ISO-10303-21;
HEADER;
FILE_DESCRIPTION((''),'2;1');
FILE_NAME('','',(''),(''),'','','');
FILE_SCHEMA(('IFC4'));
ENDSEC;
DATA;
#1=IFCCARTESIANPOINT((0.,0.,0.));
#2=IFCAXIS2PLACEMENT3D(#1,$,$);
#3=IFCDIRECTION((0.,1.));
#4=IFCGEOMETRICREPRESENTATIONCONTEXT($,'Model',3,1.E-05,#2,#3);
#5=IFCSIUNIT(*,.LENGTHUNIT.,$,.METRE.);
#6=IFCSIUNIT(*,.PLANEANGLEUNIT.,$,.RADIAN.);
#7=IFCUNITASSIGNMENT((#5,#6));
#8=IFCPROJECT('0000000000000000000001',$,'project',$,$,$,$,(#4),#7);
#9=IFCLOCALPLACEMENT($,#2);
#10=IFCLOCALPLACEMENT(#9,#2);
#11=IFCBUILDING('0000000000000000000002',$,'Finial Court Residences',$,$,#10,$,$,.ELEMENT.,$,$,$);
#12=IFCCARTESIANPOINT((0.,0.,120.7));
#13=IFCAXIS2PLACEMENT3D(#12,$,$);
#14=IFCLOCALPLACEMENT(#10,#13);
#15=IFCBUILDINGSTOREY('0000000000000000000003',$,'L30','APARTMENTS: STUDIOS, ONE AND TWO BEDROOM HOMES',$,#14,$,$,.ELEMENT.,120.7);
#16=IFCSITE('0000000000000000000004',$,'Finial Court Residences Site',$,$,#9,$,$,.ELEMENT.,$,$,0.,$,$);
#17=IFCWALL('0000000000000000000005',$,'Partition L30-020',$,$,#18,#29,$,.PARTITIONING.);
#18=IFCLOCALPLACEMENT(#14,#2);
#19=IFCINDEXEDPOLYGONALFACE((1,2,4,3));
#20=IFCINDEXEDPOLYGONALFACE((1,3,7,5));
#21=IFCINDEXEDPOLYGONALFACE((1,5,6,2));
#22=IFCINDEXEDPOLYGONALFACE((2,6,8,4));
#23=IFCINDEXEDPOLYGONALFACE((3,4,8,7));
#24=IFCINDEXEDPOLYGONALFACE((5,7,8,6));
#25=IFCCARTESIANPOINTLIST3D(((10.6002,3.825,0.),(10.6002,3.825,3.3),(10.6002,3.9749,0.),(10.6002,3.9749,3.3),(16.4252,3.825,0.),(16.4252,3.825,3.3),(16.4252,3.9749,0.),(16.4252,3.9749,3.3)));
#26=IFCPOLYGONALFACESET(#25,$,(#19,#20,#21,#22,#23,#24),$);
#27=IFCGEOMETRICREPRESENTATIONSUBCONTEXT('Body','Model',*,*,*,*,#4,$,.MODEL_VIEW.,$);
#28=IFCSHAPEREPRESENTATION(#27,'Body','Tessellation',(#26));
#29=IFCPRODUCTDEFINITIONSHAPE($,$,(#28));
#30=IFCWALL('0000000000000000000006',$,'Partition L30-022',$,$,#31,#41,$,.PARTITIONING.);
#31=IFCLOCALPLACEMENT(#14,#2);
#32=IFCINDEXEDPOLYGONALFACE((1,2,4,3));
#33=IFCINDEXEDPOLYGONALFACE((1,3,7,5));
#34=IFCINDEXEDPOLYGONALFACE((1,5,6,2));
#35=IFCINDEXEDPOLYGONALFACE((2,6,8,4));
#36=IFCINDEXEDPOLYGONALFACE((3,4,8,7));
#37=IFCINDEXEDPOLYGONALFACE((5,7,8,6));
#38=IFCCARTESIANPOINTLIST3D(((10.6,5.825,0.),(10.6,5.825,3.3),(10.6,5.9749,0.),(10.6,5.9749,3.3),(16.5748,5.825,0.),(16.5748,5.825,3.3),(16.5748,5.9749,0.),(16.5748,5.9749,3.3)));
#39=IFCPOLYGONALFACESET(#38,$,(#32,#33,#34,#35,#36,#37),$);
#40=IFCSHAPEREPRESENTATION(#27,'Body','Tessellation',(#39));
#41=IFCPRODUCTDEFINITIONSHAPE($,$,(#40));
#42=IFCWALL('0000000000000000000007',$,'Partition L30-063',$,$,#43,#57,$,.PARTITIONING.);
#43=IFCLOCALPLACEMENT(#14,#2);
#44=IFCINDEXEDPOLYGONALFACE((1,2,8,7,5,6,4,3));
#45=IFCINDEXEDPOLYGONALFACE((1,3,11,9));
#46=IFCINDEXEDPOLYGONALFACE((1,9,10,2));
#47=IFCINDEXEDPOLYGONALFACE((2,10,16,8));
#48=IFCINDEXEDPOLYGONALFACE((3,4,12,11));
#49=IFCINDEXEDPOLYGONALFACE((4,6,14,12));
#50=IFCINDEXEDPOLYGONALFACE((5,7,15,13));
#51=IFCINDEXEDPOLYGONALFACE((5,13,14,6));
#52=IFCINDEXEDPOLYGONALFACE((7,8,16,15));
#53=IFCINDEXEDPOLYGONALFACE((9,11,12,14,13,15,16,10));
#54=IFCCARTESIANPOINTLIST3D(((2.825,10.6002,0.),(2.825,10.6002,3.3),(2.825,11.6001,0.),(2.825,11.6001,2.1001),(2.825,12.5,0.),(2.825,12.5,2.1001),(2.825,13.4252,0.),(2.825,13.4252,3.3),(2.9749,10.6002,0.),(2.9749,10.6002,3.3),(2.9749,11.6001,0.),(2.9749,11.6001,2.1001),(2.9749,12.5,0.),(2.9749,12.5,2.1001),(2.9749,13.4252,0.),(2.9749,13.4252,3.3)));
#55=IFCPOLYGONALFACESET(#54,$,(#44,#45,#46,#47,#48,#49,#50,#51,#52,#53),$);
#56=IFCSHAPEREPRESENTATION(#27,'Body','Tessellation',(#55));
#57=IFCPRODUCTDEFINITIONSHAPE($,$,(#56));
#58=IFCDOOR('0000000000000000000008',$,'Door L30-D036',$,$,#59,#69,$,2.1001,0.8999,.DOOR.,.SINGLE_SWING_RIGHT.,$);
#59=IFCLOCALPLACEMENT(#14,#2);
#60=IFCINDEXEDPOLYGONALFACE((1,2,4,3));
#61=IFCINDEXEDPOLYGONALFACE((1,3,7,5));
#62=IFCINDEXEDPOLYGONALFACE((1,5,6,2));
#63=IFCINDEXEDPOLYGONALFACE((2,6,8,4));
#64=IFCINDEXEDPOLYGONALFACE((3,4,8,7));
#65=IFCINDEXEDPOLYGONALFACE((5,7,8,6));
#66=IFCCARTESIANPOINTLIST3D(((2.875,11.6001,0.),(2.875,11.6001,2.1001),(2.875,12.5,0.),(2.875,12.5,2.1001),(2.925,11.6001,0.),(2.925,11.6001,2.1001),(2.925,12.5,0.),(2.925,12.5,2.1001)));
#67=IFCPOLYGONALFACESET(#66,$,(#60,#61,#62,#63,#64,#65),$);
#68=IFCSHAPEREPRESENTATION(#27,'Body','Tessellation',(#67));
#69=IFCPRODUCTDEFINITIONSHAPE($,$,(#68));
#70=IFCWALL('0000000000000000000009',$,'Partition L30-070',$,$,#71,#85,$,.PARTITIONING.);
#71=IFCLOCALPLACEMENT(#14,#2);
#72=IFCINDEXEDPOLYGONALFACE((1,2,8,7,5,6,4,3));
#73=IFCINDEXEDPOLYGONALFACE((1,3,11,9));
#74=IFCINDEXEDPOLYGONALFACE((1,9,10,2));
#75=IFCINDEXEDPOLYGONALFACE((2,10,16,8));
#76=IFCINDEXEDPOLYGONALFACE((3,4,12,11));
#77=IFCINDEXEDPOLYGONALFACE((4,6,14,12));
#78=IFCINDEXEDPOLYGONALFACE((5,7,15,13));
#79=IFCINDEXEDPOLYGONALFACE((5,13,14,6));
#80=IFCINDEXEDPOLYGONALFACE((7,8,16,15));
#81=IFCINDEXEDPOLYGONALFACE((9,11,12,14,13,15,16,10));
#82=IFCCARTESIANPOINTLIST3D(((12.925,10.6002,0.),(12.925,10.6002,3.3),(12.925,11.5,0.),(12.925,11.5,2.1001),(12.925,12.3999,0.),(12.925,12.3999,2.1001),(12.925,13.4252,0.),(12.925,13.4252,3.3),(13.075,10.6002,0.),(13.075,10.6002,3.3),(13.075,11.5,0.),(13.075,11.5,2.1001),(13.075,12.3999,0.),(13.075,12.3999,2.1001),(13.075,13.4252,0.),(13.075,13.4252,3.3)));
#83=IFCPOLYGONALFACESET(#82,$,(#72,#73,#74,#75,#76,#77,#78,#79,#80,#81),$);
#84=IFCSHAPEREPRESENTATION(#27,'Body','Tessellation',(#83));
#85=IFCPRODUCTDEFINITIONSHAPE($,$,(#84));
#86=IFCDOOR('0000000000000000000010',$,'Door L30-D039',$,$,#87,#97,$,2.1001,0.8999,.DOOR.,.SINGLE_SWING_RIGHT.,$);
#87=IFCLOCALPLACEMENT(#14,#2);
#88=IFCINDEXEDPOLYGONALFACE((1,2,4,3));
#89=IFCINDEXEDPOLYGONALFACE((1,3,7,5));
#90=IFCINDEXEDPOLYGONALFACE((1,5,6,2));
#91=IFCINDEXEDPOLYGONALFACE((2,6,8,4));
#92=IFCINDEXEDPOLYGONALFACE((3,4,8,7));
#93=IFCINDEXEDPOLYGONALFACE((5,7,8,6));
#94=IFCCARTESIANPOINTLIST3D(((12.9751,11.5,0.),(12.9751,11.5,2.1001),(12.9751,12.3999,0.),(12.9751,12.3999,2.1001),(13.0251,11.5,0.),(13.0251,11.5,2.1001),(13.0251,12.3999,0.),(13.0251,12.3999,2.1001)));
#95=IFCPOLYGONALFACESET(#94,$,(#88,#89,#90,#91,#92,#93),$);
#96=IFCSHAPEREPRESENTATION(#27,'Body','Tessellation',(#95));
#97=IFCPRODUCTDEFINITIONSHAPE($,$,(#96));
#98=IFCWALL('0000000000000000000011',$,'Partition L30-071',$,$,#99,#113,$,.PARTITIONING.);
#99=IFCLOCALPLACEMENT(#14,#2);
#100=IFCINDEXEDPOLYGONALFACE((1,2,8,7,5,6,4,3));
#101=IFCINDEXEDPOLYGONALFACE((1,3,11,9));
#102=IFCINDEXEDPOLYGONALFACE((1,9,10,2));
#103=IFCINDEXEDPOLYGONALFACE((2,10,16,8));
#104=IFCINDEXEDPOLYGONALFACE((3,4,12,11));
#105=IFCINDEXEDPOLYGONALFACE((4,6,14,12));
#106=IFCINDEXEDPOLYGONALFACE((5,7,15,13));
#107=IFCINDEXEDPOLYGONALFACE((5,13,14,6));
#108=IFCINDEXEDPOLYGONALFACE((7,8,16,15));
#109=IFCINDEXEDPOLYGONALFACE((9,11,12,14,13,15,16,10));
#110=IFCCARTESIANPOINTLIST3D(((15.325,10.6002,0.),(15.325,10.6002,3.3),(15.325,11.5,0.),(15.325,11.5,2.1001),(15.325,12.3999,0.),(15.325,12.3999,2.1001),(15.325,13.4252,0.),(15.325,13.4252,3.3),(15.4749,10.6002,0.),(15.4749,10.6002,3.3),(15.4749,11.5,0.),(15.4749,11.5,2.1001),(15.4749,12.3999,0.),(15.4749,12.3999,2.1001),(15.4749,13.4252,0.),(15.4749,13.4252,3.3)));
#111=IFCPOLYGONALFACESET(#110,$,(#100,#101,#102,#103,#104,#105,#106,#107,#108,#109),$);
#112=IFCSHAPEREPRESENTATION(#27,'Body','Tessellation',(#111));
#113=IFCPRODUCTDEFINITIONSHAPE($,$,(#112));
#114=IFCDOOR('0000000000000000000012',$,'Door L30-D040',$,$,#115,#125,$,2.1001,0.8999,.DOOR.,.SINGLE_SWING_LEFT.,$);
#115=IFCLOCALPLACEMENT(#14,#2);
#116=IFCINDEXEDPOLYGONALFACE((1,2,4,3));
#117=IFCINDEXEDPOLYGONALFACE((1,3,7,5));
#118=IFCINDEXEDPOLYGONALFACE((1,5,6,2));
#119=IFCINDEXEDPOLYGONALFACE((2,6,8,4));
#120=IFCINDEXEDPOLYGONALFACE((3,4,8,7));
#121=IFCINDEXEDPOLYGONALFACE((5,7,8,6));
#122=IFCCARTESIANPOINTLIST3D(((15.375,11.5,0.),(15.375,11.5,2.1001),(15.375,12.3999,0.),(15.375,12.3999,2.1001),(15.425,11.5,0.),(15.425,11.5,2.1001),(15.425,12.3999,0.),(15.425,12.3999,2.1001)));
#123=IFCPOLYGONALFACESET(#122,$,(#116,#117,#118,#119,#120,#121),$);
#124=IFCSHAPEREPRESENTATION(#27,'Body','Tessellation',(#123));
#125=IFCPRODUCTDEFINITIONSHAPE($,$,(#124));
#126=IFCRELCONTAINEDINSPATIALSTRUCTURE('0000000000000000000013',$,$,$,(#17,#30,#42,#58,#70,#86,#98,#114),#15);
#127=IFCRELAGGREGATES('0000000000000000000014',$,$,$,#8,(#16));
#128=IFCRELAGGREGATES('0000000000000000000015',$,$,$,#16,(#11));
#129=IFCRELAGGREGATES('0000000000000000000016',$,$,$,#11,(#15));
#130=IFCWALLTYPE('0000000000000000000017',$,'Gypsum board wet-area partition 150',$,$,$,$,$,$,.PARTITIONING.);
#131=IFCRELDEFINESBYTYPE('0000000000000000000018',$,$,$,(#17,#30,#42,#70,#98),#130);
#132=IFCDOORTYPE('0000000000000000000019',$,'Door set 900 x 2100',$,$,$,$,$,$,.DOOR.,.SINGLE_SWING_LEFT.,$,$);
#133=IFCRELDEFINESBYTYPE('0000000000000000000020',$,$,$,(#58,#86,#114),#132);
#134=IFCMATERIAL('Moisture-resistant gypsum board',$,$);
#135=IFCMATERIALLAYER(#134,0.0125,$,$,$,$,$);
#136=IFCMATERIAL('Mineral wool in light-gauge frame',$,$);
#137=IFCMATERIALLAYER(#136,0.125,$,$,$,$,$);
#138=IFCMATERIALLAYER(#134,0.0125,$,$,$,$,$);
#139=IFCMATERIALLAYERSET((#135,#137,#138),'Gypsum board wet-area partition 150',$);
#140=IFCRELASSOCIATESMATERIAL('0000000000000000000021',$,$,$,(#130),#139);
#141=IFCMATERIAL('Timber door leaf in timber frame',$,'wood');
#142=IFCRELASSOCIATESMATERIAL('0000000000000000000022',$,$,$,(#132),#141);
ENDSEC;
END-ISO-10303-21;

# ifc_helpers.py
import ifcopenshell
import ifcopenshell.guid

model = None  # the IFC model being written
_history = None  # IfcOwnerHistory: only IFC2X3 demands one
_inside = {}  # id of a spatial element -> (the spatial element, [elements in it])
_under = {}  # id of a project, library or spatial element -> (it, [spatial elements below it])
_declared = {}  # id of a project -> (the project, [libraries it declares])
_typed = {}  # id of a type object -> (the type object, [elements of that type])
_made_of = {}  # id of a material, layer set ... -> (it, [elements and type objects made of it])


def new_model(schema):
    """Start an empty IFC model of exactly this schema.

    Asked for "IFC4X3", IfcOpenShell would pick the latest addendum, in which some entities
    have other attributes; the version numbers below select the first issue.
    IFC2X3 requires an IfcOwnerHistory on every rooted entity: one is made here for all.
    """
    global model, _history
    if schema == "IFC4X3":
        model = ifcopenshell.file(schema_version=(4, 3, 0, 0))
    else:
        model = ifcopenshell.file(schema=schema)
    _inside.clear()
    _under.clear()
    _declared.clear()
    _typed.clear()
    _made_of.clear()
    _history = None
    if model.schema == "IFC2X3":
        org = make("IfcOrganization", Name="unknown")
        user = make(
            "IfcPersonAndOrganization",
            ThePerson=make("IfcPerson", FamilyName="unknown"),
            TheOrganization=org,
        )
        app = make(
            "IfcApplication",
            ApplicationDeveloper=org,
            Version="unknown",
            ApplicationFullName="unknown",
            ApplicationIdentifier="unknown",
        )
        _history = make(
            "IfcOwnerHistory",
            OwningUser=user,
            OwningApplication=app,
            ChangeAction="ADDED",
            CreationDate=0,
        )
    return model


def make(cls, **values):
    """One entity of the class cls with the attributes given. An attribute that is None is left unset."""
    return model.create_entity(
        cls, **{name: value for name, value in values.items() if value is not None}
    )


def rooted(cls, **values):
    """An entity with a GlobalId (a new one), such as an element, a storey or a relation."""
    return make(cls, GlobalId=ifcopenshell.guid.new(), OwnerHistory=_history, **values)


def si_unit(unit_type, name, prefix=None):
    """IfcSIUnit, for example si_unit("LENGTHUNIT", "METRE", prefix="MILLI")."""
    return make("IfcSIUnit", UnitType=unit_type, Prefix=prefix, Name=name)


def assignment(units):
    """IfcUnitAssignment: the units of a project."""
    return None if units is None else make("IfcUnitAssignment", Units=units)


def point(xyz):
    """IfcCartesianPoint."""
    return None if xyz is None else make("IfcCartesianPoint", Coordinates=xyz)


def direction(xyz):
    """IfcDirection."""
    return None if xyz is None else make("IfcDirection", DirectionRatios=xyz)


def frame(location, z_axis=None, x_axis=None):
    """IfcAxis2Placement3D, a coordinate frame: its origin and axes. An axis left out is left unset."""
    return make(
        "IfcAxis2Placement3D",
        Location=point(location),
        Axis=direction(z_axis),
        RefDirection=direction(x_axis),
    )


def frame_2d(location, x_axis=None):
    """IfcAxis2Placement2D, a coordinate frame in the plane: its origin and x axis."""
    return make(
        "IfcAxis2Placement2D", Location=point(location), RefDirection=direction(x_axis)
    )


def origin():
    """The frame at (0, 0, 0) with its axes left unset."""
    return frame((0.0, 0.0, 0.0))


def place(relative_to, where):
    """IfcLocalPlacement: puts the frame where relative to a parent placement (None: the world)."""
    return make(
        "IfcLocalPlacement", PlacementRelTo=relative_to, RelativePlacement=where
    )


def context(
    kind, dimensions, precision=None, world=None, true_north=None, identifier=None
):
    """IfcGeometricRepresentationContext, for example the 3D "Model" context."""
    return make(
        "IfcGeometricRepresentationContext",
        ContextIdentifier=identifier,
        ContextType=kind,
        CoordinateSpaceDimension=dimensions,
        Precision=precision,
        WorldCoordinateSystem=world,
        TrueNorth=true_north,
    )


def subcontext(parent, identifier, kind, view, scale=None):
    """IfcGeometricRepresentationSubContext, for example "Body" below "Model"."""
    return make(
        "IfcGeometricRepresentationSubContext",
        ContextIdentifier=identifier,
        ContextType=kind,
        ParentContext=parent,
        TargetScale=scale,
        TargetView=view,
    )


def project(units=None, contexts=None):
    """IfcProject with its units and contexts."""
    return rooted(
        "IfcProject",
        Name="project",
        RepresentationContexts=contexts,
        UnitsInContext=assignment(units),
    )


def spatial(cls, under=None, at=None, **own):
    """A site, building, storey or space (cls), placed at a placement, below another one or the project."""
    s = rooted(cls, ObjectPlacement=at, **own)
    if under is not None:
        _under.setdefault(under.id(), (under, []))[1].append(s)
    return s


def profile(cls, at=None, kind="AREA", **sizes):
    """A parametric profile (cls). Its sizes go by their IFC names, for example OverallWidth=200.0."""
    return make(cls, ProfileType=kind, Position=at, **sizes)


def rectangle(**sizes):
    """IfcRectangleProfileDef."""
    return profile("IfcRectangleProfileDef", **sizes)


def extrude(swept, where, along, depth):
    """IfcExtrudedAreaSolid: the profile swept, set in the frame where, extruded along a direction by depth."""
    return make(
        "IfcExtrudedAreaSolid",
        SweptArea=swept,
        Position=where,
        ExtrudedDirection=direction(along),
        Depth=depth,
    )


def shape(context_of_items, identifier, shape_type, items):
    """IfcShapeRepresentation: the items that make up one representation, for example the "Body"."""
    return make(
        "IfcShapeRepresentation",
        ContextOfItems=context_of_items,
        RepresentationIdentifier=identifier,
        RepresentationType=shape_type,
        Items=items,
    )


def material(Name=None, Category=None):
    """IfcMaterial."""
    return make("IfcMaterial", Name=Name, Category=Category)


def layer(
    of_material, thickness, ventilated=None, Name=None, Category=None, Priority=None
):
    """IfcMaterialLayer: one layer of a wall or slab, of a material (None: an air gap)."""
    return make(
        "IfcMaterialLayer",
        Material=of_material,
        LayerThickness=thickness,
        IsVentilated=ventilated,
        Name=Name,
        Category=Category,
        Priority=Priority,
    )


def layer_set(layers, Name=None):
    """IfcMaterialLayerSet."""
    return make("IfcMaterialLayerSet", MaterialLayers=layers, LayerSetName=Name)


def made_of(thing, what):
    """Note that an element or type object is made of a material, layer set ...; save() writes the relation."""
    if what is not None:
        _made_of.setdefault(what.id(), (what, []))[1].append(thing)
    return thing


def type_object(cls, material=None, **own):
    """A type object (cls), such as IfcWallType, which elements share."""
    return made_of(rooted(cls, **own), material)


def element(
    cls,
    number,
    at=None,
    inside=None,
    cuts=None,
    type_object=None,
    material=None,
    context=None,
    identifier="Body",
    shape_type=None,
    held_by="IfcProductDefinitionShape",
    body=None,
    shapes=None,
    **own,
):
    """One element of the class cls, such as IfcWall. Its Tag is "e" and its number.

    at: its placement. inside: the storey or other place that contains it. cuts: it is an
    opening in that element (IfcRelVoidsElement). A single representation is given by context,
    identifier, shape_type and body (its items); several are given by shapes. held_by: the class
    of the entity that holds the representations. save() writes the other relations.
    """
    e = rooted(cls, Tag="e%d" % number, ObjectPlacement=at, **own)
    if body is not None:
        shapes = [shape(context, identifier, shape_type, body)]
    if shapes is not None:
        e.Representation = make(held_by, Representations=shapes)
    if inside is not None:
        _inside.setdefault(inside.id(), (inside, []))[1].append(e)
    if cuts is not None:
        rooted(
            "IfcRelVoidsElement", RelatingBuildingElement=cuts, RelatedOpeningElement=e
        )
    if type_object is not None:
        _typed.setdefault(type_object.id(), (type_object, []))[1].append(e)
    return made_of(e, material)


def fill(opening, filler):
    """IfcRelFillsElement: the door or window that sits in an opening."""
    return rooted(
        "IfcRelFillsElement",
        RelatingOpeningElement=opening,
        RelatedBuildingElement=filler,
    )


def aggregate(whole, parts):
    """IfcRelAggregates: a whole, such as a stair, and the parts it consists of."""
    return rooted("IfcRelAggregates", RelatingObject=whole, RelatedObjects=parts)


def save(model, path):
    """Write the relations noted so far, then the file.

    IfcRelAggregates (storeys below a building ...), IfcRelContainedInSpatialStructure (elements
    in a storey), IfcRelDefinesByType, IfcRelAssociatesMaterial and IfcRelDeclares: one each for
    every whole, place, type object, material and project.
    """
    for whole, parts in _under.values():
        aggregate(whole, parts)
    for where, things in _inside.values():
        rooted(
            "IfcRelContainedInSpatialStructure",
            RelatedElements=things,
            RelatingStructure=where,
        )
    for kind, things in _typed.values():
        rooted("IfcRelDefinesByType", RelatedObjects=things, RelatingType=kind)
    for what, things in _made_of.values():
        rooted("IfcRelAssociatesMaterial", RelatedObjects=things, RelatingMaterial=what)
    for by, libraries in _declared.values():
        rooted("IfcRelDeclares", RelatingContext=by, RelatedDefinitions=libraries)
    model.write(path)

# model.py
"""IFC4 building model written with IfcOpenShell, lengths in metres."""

from ifc_helpers import new_model, si_unit, direction, frame, frame_2d, origin, place, context, subcontext, project, spatial, rectangle, extrude, material, layer, layer_set, type_object, element, fill, save


model = new_model("IFC4")

# Units and contexts
model_context = context("Model", 3, precision=1e-05, world=origin(), true_north=direction((0.0, 1.0)))
body_context = subcontext(model_context, "Body", "Model", "MODEL_VIEW")
ifc_project = project(units=[si_unit("LENGTHUNIT", "METRE"), si_unit("PLANEANGLEUNIT", "RADIAN")], contexts=[model_context])

# Site, building, storey
site_placement = place(None, origin())
site = spatial("IfcSite", under=ifc_project, at=site_placement, Name="Finial Court Residences Site", CompositionType="ELEMENT", RefElevation=0.0)
building_placement = place(site_placement, origin())
building = spatial("IfcBuilding", under=site, at=building_placement, Name="Finial Court Residences", CompositionType="ELEMENT")
storey_placement = place(building_placement, frame((0.0, 0.0, 120.7)))
storey = spatial("IfcBuildingStorey", under=building, at=storey_placement, Name="L30", Description="APARTMENTS: STUDIOS, ONE AND TWO BEDROOM HOMES", CompositionType="ELEMENT", Elevation=120.7)

# Walls
ifc_material_1 = material(Name="Mineral wool in light-gauge frame")
ifc_material_2 = material(Name="Moisture-resistant gypsum board")
ifc_layer_1 = layer(ifc_material_2, 0.0125)
ifc_layer_2 = layer(ifc_material_1, 0.125)
ifc_layer_3 = layer(ifc_material_2, 0.0125)
ifc_layer_set_1 = layer_set([ifc_layer_1, ifc_layer_2, ifc_layer_3], Name="Gypsum board wet-area partition 150")
wall_type_1 = type_object("IfcWallType", Name="Gypsum board wet-area partition 150", PredefinedType="PARTITIONING", material=ifc_layer_set_1)
wall_1_placement = place(storey_placement, frame((10.6001, 3.8999, 0.0), z_axis=(0.0, 0.0, 1.0), x_axis=(1.0, 0.0, 0.0)))
element("IfcWall", 1, at=wall_1_placement, inside=storey, type_object=wall_type_1, Name="Partition L30-020", PredefinedType="PARTITIONING", context=body_context, shape_type="SweptSolid", body=[
    extrude(rectangle(XDim=5.825, YDim=0.1499, at=frame_2d((2.9126, 0.0))), origin(), (0.0, 0.0, 1.0), 3.3),
])
wall_2_placement = place(storey_placement, frame((10.6001, 5.8999, 0.0), z_axis=(0.0, 0.0, 1.0), x_axis=(1.0, 0.0, 0.0)))
element("IfcWall", 2, at=wall_2_placement, inside=storey, type_object=wall_type_1, Name="Partition L30-022", PredefinedType="PARTITIONING", context=body_context, shape_type="SweptSolid", body=[
    extrude(rectangle(XDim=5.9749, YDim=0.1499, at=frame_2d((2.9873, 0.0))), origin(), (0.0, 0.0, 1.0), 3.3),
])

# Walls, openings, doors
wall_3_placement = place(storey_placement, frame((2.8999, 10.6001, 0.0), z_axis=(0.0, 0.0, 1.0), x_axis=(0.0, 1.0, 0.0)))
wall_3 = element("IfcWall", 3, at=wall_3_placement, inside=storey, type_object=wall_type_1, Name="Partition L30-063", PredefinedType="PARTITIONING", context=body_context, shape_type="SweptSolid", body=[
    extrude(rectangle(XDim=2.825, YDim=0.1499, at=frame_2d((1.4126, 0.0))), origin(), (0.0, 0.0, 1.0), 3.3),
])
opening_1_placement = place(wall_3_placement, frame((1.0, 0.0, 0.0)))
opening_1 = element("IfcOpeningElement", 4, at=opening_1_placement, cuts=wall_3, PredefinedType="OPENING", context=body_context, shape_type="SweptSolid", body=[
    extrude(rectangle(XDim=0.8999, YDim=2.1001, at=frame_2d((0.45, 1.05))), frame((0.0, 0.085, 0.0), z_axis=(0.0, -1.0, 0.0), x_axis=(1.0, 0.0, 0.0)), (0.0, 0.0, 1.0), 0.1699),
])
ifc_material_3 = material(Name="Timber door leaf in timber frame", Category="wood")
door_type = type_object("IfcDoorType", Name="Door set 900 x 2100", OperationType="SINGLE_SWING_LEFT", PredefinedType="DOOR", material=ifc_material_3)
door_1_placement = place(opening_1_placement, origin())
door_1 = element("IfcDoor", 5, at=door_1_placement, inside=storey, type_object=door_type, Name="Door L30-D036", OperationType="SINGLE_SWING_RIGHT", OverallHeight=2.1001, OverallWidth=0.8999, PredefinedType="DOOR", context=body_context, shape_type="SweptSolid", body=[
    extrude(rectangle(XDim=0.8999, YDim=2.1001, at=frame_2d((0.45, 1.05))), frame((0.0, 0.0249, 0.0), z_axis=(0.0, -1.0, 0.0), x_axis=(1.0, 0.0, 0.0)), (0.0, 0.0, 1.0), 0.05),
])
fill(opening_1, door_1)
wall_4_placement = place(storey_placement, frame((13.0, 10.6001, 0.0), z_axis=(0.0, 0.0, 1.0), x_axis=(0.0, 1.0, 0.0)))
wall_4 = element("IfcWall", 6, at=wall_4_placement, inside=storey, type_object=wall_type_1, Name="Partition L30-070", PredefinedType="PARTITIONING", context=body_context, shape_type="SweptSolid", body=[
    extrude(rectangle(XDim=2.825, YDim=0.1499, at=frame_2d((1.4126, 0.0))), origin(), (0.0, 0.0, 1.0), 3.3),
])
opening_2_placement = place(wall_4_placement, frame((0.8999, 0.0, 0.0)))
opening_2 = element("IfcOpeningElement", 7, at=opening_2_placement, cuts=wall_4, PredefinedType="OPENING", context=body_context, shape_type="SweptSolid", body=[
    extrude(rectangle(XDim=0.8999, YDim=2.1001, at=frame_2d((0.45, 1.05))), frame((0.0, 0.085, 0.0), z_axis=(0.0, -1.0, 0.0), x_axis=(1.0, 0.0, 0.0)), (0.0, 0.0, 1.0), 0.1699),
])
door_2_placement = place(opening_2_placement, origin())
door_2 = element("IfcDoor", 8, at=door_2_placement, inside=storey, type_object=door_type, Name="Door L30-D039", OperationType="SINGLE_SWING_RIGHT", OverallHeight=2.1001, OverallWidth=0.8999, PredefinedType="DOOR", context=body_context, shape_type="SweptSolid", body=[
    extrude(rectangle(XDim=0.8999, YDim=2.1001, at=frame_2d((0.45, 1.05))), frame((0.0, 0.0249, 0.0), z_axis=(0.0, -1.0, 0.0), x_axis=(1.0, 0.0, 0.0)), (0.0, 0.0, 1.0), 0.05),
])
fill(opening_2, door_2)
wall_5_placement = place(storey_placement, frame((15.3999, 10.6001, 0.0), z_axis=(0.0, 0.0, 1.0), x_axis=(0.0, 1.0, 0.0)))
wall_5 = element("IfcWall", 9, at=wall_5_placement, inside=storey, type_object=wall_type_1, Name="Partition L30-071", PredefinedType="PARTITIONING", context=body_context, shape_type="SweptSolid", body=[
    extrude(rectangle(XDim=2.825, YDim=0.1499, at=frame_2d((1.4126, 0.0))), origin(), (0.0, 0.0, 1.0), 3.3),
])
opening_3_placement = place(wall_5_placement, frame((0.8999, 0.0, 0.0)))
opening_3 = element("IfcOpeningElement", 10, at=opening_3_placement, cuts=wall_5, PredefinedType="OPENING", context=body_context, shape_type="SweptSolid", body=[
    extrude(rectangle(XDim=0.8999, YDim=2.1001, at=frame_2d((0.45, 1.05))), frame((0.0, 0.085, 0.0), z_axis=(0.0, -1.0, 0.0), x_axis=(1.0, 0.0, 0.0)), (0.0, 0.0, 1.0), 0.1699),
])
door_3_placement = place(opening_3_placement, origin())
door_3 = element("IfcDoor", 11, at=door_3_placement, inside=storey, type_object=door_type, Name="Door L30-D040", OperationType="SINGLE_SWING_LEFT", OverallHeight=2.1001, OverallWidth=0.8999, PredefinedType="DOOR", context=body_context, shape_type="SweptSolid", body=[
    extrude(rectangle(XDim=0.8999, YDim=2.1001, at=frame_2d((0.45, 1.05))), frame((0.0, 0.0249, 0.0), z_axis=(0.0, -1.0, 0.0), x_axis=(1.0, 0.0, 0.0)), (0.0, 0.0, 1.0), 0.05),
])
fill(opening_3, door_3)

save(model, "model.ifc")
